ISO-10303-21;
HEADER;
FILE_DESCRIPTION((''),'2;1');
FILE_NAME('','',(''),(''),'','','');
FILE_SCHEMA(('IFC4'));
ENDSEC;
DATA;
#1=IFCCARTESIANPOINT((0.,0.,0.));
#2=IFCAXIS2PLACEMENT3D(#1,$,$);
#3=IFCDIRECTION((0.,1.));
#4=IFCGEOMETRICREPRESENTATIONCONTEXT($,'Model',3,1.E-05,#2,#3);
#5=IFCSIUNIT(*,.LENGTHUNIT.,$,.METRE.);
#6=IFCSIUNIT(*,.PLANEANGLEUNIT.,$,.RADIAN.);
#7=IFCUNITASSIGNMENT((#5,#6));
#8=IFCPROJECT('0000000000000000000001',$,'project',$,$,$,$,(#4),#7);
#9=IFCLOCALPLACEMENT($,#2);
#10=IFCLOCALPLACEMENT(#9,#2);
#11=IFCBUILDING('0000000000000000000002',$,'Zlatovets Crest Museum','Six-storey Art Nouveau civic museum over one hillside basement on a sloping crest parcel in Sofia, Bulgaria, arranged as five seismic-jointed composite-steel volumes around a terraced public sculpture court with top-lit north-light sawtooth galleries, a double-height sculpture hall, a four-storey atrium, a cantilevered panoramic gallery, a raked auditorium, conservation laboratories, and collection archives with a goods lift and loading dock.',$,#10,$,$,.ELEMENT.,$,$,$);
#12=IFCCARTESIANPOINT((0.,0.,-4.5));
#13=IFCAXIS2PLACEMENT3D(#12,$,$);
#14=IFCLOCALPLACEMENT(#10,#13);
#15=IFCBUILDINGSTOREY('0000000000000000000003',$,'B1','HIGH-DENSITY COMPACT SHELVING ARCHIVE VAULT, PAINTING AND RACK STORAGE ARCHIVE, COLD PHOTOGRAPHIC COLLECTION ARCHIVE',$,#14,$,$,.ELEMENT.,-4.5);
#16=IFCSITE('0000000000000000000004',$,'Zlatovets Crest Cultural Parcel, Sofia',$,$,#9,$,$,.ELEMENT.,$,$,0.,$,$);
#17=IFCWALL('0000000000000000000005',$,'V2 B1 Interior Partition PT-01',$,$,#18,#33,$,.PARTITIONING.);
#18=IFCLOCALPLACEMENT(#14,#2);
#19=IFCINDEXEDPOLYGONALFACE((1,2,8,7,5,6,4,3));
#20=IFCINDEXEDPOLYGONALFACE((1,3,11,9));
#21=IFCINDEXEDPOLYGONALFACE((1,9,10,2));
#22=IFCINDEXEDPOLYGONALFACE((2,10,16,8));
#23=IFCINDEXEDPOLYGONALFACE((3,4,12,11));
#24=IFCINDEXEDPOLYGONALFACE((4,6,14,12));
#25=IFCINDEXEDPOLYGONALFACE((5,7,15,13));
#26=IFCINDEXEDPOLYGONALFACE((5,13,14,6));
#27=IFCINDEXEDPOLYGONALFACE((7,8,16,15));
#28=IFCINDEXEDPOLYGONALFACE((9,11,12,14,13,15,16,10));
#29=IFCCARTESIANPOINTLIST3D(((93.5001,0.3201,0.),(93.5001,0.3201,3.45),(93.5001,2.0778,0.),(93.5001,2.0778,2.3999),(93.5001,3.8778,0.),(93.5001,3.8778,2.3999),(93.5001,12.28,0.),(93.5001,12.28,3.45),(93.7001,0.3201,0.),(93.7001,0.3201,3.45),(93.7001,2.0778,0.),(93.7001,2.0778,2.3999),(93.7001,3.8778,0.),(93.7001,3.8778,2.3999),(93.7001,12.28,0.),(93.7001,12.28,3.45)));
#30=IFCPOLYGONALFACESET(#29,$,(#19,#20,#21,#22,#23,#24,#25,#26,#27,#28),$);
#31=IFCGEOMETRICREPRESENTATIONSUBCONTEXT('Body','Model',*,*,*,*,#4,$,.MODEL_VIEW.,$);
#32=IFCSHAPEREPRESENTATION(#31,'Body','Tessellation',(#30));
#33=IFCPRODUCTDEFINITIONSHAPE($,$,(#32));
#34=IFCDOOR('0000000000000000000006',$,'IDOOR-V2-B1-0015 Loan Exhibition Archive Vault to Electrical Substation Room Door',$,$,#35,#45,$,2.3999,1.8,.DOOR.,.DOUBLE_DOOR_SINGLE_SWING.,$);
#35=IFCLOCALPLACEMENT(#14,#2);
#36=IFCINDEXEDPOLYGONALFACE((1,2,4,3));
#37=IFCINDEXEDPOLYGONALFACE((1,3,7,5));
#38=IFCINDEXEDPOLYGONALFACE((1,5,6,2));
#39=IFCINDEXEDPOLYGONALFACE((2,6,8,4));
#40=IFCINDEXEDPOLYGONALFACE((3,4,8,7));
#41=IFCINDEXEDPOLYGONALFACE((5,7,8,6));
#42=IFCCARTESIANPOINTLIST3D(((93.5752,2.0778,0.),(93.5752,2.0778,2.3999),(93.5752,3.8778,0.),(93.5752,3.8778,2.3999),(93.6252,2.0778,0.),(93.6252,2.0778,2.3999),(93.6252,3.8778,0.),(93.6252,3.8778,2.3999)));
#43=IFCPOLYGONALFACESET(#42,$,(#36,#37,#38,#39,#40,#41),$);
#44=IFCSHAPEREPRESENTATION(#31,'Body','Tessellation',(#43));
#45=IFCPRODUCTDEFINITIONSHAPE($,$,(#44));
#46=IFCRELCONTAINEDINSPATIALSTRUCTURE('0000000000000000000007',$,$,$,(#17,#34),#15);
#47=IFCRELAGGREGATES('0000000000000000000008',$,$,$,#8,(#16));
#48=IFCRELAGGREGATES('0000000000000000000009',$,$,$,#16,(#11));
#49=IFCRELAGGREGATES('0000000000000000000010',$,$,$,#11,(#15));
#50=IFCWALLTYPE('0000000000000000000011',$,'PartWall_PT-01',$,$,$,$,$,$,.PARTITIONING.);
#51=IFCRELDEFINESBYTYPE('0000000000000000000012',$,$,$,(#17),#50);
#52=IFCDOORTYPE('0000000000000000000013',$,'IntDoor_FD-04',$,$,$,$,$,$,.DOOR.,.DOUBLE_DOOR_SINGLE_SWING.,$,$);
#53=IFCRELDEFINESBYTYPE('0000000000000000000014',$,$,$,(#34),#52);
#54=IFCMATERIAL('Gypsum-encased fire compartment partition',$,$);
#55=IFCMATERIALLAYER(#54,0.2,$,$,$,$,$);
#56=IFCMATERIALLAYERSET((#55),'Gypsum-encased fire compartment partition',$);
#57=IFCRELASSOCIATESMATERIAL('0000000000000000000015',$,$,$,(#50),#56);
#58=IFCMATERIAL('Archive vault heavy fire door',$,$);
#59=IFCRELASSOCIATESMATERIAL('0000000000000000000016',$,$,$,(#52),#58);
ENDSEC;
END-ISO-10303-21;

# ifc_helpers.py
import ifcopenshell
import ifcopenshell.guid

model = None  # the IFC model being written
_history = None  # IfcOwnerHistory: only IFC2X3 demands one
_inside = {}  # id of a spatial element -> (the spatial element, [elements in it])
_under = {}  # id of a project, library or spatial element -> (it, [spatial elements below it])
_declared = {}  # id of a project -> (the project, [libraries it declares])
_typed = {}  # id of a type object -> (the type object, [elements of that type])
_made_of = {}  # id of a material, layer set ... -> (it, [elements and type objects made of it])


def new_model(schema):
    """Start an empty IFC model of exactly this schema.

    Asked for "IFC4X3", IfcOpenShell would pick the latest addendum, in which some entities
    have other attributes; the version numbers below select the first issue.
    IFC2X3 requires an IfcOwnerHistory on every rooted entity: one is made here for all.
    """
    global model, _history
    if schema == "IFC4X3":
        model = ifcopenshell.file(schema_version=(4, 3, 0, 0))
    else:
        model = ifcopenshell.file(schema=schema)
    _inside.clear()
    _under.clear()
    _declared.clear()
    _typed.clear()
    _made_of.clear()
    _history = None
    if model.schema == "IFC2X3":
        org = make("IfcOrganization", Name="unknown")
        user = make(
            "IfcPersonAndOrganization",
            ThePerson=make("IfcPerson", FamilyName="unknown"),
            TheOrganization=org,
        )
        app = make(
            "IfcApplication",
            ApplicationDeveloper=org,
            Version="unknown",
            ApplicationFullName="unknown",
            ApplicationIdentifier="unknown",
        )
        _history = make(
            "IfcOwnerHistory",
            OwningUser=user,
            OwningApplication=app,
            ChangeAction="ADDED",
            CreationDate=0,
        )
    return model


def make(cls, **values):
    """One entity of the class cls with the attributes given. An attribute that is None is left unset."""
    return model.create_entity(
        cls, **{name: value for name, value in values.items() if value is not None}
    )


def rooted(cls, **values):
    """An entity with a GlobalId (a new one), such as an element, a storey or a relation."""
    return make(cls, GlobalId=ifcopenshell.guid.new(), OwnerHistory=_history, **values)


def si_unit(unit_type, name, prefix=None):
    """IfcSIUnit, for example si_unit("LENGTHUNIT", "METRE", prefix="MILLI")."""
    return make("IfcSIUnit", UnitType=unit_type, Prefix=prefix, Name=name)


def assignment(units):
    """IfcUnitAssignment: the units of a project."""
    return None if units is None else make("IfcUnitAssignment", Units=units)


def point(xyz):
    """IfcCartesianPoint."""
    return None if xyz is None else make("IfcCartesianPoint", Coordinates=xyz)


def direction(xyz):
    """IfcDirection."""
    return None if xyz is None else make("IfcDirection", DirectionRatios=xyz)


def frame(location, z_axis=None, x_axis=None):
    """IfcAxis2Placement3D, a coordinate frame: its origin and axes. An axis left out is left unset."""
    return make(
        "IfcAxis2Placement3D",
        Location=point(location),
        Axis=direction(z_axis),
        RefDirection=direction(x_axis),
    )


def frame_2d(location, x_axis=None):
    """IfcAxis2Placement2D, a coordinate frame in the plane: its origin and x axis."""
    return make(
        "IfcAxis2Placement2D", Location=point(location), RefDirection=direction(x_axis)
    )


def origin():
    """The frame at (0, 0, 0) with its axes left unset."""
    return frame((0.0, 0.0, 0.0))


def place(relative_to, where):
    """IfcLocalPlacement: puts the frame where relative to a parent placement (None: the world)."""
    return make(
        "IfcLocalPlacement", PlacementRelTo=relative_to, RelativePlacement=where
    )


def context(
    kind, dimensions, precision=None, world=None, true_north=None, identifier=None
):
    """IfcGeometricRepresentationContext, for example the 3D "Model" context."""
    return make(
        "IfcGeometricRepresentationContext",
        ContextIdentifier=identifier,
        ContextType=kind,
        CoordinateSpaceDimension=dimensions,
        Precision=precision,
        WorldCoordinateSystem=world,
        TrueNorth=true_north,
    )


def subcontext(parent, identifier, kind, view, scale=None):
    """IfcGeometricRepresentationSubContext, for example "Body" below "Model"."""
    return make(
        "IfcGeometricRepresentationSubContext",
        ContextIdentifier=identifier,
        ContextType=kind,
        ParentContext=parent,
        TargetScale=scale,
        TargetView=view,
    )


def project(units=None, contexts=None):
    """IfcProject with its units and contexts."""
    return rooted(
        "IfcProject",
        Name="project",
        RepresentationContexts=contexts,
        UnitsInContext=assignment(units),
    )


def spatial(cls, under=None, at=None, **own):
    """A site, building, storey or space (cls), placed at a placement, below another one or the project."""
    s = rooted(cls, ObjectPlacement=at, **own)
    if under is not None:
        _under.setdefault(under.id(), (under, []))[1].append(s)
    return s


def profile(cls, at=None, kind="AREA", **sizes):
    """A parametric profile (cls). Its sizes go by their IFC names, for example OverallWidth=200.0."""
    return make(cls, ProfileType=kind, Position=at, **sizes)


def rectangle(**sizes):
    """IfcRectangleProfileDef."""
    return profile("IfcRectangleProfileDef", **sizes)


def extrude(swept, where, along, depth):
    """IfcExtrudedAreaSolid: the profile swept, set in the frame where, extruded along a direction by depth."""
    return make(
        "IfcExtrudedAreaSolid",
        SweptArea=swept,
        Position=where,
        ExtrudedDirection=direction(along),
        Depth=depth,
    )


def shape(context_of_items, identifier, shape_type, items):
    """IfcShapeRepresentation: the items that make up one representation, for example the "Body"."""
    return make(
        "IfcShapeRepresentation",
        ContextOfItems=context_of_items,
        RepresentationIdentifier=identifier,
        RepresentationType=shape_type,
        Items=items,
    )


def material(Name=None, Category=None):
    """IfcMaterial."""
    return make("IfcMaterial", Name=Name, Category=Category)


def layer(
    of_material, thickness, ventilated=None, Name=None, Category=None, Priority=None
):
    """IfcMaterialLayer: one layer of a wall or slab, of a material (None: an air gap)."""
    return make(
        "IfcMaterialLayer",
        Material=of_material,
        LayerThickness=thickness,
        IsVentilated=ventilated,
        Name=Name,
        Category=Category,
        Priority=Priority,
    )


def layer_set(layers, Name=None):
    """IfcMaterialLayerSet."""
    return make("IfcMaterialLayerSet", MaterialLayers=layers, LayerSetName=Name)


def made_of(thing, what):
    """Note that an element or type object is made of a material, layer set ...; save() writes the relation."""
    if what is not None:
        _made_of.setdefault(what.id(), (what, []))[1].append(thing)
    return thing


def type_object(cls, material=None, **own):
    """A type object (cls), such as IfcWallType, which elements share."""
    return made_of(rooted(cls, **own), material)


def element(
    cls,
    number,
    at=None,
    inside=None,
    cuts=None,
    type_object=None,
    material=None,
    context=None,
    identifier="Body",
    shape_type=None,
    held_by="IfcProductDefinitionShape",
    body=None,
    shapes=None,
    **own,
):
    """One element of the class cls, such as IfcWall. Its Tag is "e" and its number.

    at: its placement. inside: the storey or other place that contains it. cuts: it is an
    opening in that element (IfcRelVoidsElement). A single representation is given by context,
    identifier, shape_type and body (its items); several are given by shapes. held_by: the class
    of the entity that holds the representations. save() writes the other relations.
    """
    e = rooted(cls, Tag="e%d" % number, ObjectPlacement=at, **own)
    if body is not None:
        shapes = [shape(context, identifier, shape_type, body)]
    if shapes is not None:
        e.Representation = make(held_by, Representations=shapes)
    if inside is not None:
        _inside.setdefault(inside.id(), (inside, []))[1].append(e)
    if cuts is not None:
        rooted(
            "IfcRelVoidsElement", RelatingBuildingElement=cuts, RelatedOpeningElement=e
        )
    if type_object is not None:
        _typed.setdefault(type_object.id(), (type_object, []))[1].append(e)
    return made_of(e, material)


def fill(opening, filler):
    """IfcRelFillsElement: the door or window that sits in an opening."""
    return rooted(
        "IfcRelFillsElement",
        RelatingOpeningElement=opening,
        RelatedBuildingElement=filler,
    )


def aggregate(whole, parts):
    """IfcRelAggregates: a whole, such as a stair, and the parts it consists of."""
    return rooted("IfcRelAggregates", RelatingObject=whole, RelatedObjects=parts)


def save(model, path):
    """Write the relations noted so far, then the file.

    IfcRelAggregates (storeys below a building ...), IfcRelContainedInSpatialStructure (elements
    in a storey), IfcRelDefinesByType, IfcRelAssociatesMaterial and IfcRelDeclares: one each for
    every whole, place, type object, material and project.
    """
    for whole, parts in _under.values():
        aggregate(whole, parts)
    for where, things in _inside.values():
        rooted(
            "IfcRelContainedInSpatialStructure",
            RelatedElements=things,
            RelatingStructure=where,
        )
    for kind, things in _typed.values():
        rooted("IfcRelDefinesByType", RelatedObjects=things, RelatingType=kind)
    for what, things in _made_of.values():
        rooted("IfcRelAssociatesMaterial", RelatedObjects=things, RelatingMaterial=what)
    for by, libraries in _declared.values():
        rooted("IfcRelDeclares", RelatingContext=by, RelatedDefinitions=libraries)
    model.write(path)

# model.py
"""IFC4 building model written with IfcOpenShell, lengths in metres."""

from ifc_helpers import new_model, si_unit, direction, frame, frame_2d, origin, place, context, subcontext, project, spatial, rectangle, extrude, material, layer, layer_set, type_object, element, fill, save


model = new_model("IFC4")

# Units and contexts
model_context = context("Model", 3, precision=1e-05, world=origin(), true_north=direction((0.0, 1.0)))
body_context = subcontext(model_context, "Body", "Model", "MODEL_VIEW")
ifc_project = project(units=[si_unit("LENGTHUNIT", "METRE"), si_unit("PLANEANGLEUNIT", "RADIAN")], contexts=[model_context])

# Site, building, storey
site_placement = place(None, origin())
site = spatial("IfcSite", under=ifc_project, at=site_placement, Name="Zlatovets Crest Cultural Parcel, Sofia", CompositionType="ELEMENT", RefElevation=0.0)
building_placement = place(site_placement, origin())
building = spatial("IfcBuilding", under=site, at=building_placement, Name="Zlatovets Crest Museum", Description="Six-storey Art Nouveau civic museum over one hillside basement on a sloping crest parcel in Sofia, Bulgaria, arranged as five seismic-jointed composite-steel volumes around a terraced public sculpture court with top-lit north-light sawtooth galleries, a double-height sculpture hall, a four-storey atrium, a cantilevered panoramic gallery, a raked auditorium, conservation laboratories, and collection archives with a goods lift and loading dock.", CompositionType="ELEMENT")
storey_placement = place(building_placement, frame((0.0, 0.0, -4.5)))
storey = spatial("IfcBuildingStorey", under=building, at=storey_placement, Name="B1", Description="HIGH-DENSITY COMPACT SHELVING ARCHIVE VAULT, PAINTING AND RACK STORAGE ARCHIVE, COLD PHOTOGRAPHIC COLLECTION ARCHIVE", CompositionType="ELEMENT", Elevation=-4.5)

# Wall, opening, door
ifc_material_1 = material(Name="Gypsum-encased fire compartment partition")
ifc_layer = layer(ifc_material_1, 0.2)
ifc_layer_set = layer_set([ifc_layer], Name="Gypsum-encased fire compartment partition")
wall_type = type_object("IfcWallType", Name="PartWall_PT-01", PredefinedType="PARTITIONING", material=ifc_layer_set)
wall_placement = place(storey_placement, frame((93.6001, 0.3201, 0.0), z_axis=(0.0, 0.0, 1.0), x_axis=(0.0, 1.0, 0.0)))
wall = element("IfcWall", 1, at=wall_placement, inside=storey, type_object=wall_type, Name="V2 B1 Interior Partition PT-01", PredefinedType="PARTITIONING", context=body_context, shape_type="SweptSolid", body=[
    extrude(rectangle(XDim=11.96, YDim=0.2, at=frame_2d((5.98, 0.0))), origin(), (0.0, 0.0, 1.0), 3.45),
])
opening_placement = place(wall_placement, frame((1.7578, 0.0, 0.0)))
opening = element("IfcOpeningElement", 2, at=opening_placement, cuts=wall, PredefinedType="OPENING", context=body_context, shape_type="SweptSolid", body=[
    extrude(rectangle(XDim=1.8, YDim=2.3999, at=frame_2d((0.8999, 1.2))), frame((0.0, 0.1099, 0.0), z_axis=(0.0, -1.0, 0.0), x_axis=(1.0, 0.0, 0.0)), (0.0, 0.0, 1.0), 0.22),
])
ifc_material_2 = material(Name="Archive vault heavy fire door")
door_type = type_object("IfcDoorType", Name="IntDoor_FD-04", OperationType="DOUBLE_DOOR_SINGLE_SWING", PredefinedType="DOOR", material=ifc_material_2)
door_placement = place(opening_placement, origin())
door = element("IfcDoor", 3, at=door_placement, inside=storey, type_object=door_type, Name="IDOOR-V2-B1-0015 Loan Exhibition Archive Vault to Electrical Substation Room Door", OperationType="DOUBLE_DOOR_SINGLE_SWING", OverallHeight=2.3999, OverallWidth=1.8, PredefinedType="DOOR", context=body_context, shape_type="SweptSolid", body=[
    extrude(rectangle(XDim=1.8, YDim=2.3999, at=frame_2d((0.8999, 1.2))), frame((0.0, 0.0249, 0.0), z_axis=(0.0, -1.0, 0.0), x_axis=(1.0, 0.0, 0.0)), (0.0, 0.0, 1.0), 0.05),
])
fill(opening, door)

save(model, "model.ifc")
